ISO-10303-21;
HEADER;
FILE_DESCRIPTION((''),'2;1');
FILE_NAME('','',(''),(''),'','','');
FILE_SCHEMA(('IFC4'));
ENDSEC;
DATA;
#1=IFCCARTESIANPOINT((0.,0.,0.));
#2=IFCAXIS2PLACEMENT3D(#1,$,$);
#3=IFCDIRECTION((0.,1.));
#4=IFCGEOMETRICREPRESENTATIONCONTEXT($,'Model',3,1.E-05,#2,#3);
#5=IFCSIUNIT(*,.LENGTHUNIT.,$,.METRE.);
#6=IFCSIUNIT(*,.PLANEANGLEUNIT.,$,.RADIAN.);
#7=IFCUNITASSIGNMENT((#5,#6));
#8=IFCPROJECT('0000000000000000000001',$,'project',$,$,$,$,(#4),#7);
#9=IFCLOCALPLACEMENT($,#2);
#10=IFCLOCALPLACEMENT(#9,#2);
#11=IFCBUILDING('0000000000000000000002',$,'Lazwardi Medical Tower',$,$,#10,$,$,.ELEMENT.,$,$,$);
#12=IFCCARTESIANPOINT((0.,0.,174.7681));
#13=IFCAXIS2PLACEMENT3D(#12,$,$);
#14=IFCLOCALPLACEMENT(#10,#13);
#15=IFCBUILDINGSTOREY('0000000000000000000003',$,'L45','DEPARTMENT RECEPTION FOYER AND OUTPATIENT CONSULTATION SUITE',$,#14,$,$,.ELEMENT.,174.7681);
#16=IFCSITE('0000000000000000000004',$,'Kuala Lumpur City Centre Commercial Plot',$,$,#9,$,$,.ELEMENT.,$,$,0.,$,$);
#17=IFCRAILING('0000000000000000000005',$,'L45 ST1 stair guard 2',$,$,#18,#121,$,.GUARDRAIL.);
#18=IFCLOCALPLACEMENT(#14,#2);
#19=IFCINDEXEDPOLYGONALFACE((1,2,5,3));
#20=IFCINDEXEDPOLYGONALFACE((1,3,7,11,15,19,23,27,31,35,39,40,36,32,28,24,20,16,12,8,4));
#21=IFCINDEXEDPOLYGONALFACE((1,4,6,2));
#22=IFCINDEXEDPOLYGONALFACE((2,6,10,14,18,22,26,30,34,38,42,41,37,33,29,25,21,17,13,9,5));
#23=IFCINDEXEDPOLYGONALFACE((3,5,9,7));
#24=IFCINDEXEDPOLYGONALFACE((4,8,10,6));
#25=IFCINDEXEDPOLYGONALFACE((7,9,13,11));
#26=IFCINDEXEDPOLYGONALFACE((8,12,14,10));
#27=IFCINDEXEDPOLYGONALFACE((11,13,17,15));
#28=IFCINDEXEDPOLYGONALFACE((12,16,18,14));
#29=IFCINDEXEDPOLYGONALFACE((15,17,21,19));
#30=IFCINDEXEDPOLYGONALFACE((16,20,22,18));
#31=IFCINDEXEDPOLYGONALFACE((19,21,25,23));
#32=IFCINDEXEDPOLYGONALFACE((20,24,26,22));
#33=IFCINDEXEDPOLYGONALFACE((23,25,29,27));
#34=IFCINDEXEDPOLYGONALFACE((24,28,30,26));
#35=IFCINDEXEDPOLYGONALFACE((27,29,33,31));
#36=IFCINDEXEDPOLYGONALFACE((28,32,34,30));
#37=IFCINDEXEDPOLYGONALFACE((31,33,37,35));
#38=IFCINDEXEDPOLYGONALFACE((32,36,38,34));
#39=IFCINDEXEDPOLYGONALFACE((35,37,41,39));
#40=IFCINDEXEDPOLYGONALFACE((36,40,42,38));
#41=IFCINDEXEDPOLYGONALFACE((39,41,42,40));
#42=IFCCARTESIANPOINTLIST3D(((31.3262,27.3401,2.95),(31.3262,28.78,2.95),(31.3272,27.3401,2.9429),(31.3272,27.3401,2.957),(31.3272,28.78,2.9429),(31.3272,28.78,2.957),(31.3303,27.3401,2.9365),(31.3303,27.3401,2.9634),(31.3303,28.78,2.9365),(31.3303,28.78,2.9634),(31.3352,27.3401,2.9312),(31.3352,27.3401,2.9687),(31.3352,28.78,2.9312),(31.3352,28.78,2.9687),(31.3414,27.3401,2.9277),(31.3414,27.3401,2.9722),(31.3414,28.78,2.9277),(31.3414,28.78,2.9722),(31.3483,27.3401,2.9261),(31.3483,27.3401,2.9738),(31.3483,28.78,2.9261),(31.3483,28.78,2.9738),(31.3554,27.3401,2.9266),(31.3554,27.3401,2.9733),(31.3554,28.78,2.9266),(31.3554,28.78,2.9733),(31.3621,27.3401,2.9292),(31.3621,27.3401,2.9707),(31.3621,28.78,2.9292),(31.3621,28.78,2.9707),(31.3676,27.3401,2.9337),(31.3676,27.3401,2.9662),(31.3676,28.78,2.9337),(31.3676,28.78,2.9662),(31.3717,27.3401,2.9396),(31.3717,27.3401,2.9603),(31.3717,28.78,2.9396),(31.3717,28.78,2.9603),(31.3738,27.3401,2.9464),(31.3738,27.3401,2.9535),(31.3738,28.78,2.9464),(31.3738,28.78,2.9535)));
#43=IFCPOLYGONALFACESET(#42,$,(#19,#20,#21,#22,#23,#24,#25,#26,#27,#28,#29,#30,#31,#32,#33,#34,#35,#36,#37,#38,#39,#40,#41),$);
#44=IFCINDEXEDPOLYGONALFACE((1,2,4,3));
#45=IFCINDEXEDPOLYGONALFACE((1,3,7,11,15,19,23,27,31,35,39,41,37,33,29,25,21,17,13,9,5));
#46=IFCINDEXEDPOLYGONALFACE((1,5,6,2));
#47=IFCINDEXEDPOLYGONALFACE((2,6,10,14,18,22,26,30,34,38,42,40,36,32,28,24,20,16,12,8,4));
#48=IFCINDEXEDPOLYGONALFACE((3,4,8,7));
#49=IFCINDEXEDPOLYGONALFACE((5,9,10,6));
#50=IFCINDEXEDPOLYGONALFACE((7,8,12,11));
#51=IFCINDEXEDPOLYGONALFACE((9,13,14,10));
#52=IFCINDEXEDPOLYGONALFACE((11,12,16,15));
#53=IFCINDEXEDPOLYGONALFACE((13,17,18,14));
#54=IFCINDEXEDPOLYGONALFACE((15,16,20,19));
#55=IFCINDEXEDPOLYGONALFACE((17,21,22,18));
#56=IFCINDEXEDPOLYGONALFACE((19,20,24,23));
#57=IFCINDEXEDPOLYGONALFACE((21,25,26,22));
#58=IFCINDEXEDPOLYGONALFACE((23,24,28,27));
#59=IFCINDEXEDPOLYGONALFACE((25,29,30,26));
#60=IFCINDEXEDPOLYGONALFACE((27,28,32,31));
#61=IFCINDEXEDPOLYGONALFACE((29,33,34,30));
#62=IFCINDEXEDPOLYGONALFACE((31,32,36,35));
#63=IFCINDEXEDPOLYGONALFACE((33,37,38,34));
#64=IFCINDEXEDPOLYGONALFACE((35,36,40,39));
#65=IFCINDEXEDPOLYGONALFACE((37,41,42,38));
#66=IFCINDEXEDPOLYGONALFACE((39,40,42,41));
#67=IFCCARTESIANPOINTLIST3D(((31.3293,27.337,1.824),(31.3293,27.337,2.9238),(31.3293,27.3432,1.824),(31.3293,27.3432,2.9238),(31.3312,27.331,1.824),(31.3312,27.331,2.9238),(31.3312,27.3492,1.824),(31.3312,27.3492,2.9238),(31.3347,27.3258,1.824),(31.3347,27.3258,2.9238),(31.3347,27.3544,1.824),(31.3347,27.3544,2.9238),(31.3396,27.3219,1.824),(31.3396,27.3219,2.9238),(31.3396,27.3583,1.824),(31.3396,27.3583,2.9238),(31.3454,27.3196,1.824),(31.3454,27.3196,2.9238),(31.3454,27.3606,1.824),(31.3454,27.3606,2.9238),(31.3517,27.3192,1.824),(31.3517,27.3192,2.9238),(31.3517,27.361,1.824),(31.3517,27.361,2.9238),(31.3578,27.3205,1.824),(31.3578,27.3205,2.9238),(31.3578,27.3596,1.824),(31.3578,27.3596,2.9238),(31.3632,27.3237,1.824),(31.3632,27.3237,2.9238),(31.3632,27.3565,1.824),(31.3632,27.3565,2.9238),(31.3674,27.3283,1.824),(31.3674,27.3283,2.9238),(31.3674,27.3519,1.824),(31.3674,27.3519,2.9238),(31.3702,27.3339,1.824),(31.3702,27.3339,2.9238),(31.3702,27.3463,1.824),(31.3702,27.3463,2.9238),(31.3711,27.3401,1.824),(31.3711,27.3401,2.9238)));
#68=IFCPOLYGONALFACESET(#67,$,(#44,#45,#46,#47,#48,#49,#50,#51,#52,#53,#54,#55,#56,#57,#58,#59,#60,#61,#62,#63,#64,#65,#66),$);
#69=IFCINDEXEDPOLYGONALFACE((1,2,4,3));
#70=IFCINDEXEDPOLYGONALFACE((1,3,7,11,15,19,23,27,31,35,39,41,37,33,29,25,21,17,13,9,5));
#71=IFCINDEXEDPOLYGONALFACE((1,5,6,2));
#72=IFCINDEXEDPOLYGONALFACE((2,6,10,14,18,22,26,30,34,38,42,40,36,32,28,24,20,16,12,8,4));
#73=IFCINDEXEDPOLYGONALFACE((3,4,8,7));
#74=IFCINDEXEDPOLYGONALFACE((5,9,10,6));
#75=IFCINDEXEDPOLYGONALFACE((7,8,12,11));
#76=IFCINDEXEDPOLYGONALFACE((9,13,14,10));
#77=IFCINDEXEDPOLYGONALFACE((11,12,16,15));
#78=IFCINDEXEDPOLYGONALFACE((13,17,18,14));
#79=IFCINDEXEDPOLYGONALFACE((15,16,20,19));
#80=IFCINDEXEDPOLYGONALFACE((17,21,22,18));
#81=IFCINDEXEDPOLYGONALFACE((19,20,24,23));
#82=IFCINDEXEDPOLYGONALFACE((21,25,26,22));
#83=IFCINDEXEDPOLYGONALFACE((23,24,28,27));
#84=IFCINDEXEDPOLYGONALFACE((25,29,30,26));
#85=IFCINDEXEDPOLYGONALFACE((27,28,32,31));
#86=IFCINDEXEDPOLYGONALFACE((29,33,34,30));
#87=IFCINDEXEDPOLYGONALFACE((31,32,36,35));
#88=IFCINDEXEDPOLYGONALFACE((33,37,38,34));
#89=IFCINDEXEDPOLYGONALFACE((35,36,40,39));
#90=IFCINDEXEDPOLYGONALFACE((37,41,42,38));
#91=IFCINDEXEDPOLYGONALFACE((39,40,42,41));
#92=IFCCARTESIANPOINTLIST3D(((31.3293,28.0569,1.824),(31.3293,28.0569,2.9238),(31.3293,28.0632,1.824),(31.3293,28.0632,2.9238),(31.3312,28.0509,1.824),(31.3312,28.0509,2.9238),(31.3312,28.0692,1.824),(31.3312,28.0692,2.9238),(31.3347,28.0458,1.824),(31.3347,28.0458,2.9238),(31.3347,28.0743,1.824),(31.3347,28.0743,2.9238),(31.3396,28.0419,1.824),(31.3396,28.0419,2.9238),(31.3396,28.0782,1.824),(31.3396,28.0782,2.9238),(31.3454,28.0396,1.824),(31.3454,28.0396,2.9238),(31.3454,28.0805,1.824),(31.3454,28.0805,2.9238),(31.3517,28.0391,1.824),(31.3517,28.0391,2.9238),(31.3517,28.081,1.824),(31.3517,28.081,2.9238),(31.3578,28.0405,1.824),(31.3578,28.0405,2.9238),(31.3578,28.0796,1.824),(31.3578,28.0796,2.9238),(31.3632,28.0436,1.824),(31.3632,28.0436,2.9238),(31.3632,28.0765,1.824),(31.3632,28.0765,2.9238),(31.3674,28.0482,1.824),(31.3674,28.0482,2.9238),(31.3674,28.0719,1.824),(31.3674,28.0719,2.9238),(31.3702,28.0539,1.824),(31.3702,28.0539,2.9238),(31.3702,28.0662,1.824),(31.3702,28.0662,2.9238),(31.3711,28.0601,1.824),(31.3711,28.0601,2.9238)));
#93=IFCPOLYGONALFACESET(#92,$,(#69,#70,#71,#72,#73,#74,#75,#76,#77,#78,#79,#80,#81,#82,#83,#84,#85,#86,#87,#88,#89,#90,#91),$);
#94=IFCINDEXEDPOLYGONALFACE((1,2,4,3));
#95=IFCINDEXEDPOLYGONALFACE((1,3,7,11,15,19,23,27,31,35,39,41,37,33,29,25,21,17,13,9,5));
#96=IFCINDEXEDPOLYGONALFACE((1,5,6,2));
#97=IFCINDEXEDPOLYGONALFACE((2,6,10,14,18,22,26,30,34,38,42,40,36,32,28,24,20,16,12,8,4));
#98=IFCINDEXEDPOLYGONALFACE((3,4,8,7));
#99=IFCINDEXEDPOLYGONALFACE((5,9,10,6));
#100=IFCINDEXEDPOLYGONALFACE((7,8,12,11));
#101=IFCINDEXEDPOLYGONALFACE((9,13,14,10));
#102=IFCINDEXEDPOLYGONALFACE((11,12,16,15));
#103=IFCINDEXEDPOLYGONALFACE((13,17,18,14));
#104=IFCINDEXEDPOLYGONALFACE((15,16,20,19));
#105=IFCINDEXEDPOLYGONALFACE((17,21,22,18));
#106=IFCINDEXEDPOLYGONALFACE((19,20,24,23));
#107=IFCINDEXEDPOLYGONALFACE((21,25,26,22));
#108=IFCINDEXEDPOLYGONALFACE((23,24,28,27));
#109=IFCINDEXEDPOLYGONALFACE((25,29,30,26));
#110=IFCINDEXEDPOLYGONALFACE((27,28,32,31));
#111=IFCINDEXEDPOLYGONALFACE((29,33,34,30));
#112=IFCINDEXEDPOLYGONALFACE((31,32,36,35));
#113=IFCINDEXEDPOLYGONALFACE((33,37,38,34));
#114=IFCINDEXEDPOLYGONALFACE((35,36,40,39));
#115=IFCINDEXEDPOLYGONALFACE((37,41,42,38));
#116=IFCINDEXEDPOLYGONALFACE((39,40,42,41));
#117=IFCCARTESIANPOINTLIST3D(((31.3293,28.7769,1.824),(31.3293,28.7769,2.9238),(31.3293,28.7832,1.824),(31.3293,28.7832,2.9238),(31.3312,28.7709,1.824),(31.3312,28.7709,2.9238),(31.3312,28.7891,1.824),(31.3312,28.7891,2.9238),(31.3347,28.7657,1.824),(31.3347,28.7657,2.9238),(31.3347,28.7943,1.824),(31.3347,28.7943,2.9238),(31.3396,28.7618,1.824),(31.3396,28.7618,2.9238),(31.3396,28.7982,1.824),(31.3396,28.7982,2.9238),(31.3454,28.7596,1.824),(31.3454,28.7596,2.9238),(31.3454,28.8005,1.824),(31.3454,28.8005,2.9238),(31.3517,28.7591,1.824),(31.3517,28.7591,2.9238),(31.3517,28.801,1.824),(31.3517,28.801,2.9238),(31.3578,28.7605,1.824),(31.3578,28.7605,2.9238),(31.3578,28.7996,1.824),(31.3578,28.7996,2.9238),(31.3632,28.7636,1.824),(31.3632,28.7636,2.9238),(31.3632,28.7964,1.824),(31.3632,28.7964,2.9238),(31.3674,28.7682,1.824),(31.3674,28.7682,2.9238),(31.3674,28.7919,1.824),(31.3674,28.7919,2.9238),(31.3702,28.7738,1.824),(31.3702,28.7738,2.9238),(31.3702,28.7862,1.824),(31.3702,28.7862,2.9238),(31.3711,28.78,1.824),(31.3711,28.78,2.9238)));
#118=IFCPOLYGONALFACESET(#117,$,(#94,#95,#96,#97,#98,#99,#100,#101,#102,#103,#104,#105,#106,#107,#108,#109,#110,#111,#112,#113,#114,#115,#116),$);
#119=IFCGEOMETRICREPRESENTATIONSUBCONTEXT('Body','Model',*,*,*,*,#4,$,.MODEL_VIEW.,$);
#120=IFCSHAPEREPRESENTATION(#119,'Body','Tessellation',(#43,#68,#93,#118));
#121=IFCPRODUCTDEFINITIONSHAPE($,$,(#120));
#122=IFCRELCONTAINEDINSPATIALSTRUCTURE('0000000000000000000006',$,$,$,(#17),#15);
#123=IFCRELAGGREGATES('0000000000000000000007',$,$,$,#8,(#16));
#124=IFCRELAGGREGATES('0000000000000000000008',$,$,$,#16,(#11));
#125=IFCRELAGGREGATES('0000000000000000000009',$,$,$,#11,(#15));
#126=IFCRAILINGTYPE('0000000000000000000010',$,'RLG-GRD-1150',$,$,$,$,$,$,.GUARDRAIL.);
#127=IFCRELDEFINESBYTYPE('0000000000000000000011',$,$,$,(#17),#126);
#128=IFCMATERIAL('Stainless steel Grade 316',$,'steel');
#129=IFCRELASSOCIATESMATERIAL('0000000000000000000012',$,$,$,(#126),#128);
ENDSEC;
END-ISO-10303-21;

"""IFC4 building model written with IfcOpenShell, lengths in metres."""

from ifc_helpers import new_model, si_unit, direction, frame, origin, origin_2d, place, context, subcontext, project, spatial, circle, extrude, material, type_object, element, save


model = new_model("IFC4")

# Units and contexts
model_context = context("Model", 3, precision=1e-05, world=origin(), true_north=direction((0.0, 1.0)))
body_context = subcontext(model_context, "Body", "Model", "MODEL_VIEW")
ifc_project = project(units=[si_unit("LENGTHUNIT", "METRE"), si_unit("PLANEANGLEUNIT", "RADIAN")], contexts=[model_context])

# Site, building, storey
site_placement = place(None, origin())
site = spatial("IfcSite", under=ifc_project, at=site_placement, Name="Kuala Lumpur City Centre Commercial Plot", CompositionType="ELEMENT", RefElevation=0.0)
building_placement = place(site_placement, origin())
building = spatial("IfcBuilding", under=site, at=building_placement, Name="Lazwardi Medical Tower", CompositionType="ELEMENT")
storey_placement = place(building_placement, frame((0.0, 0.0, 174.7681)))
storey = spatial("IfcBuildingStorey", under=building, at=storey_placement, Name="L45", Description="DEPARTMENT RECEPTION FOYER AND OUTPATIENT CONSULTATION SUITE", CompositionType="ELEMENT", Elevation=174.7681)

# Railing
ifc_material_1 = material(Name="Stainless steel Grade 316", Category="steel")
railing_type_1 = type_object("IfcRailingType", Name="RLG-GRD-1150", PredefinedType="GUARDRAIL", material=ifc_material_1)
railing_1_placement = place(storey_placement, frame((31.3501, 27.3401, 1.824)))
element("IfcRailing", 1, at=railing_1_placement, inside=storey, type_object=railing_type_1, Name="L45 ST1 stair guard 2", PredefinedType="GUARDRAIL", context=body_context, shape_type="SweptSolid", body=[
    extrude(circle(Radius=0.0239, at=origin_2d()), frame((0.0, 0.0, 1.126), z_axis=(0.0, 1.0, 0.0), x_axis=(-1.0, 0.0, 0.0)), (0.0, 0.0, 1.0), 1.4399),
    extrude(circle(Radius=0.021, at=origin_2d()), origin(), (0.0, 0.0, 1.0), 1.0999),
    extrude(circle(Radius=0.021, at=origin_2d()), frame((0.0, 0.72, 0.0)), (0.0, 0.0, 1.0), 1.0999),
    extrude(circle(Radius=0.021, at=origin_2d()), frame((0.0, 1.4399, 0.0)), (0.0, 0.0, 1.0), 1.0999),
])

save(model, "model.ifc")
